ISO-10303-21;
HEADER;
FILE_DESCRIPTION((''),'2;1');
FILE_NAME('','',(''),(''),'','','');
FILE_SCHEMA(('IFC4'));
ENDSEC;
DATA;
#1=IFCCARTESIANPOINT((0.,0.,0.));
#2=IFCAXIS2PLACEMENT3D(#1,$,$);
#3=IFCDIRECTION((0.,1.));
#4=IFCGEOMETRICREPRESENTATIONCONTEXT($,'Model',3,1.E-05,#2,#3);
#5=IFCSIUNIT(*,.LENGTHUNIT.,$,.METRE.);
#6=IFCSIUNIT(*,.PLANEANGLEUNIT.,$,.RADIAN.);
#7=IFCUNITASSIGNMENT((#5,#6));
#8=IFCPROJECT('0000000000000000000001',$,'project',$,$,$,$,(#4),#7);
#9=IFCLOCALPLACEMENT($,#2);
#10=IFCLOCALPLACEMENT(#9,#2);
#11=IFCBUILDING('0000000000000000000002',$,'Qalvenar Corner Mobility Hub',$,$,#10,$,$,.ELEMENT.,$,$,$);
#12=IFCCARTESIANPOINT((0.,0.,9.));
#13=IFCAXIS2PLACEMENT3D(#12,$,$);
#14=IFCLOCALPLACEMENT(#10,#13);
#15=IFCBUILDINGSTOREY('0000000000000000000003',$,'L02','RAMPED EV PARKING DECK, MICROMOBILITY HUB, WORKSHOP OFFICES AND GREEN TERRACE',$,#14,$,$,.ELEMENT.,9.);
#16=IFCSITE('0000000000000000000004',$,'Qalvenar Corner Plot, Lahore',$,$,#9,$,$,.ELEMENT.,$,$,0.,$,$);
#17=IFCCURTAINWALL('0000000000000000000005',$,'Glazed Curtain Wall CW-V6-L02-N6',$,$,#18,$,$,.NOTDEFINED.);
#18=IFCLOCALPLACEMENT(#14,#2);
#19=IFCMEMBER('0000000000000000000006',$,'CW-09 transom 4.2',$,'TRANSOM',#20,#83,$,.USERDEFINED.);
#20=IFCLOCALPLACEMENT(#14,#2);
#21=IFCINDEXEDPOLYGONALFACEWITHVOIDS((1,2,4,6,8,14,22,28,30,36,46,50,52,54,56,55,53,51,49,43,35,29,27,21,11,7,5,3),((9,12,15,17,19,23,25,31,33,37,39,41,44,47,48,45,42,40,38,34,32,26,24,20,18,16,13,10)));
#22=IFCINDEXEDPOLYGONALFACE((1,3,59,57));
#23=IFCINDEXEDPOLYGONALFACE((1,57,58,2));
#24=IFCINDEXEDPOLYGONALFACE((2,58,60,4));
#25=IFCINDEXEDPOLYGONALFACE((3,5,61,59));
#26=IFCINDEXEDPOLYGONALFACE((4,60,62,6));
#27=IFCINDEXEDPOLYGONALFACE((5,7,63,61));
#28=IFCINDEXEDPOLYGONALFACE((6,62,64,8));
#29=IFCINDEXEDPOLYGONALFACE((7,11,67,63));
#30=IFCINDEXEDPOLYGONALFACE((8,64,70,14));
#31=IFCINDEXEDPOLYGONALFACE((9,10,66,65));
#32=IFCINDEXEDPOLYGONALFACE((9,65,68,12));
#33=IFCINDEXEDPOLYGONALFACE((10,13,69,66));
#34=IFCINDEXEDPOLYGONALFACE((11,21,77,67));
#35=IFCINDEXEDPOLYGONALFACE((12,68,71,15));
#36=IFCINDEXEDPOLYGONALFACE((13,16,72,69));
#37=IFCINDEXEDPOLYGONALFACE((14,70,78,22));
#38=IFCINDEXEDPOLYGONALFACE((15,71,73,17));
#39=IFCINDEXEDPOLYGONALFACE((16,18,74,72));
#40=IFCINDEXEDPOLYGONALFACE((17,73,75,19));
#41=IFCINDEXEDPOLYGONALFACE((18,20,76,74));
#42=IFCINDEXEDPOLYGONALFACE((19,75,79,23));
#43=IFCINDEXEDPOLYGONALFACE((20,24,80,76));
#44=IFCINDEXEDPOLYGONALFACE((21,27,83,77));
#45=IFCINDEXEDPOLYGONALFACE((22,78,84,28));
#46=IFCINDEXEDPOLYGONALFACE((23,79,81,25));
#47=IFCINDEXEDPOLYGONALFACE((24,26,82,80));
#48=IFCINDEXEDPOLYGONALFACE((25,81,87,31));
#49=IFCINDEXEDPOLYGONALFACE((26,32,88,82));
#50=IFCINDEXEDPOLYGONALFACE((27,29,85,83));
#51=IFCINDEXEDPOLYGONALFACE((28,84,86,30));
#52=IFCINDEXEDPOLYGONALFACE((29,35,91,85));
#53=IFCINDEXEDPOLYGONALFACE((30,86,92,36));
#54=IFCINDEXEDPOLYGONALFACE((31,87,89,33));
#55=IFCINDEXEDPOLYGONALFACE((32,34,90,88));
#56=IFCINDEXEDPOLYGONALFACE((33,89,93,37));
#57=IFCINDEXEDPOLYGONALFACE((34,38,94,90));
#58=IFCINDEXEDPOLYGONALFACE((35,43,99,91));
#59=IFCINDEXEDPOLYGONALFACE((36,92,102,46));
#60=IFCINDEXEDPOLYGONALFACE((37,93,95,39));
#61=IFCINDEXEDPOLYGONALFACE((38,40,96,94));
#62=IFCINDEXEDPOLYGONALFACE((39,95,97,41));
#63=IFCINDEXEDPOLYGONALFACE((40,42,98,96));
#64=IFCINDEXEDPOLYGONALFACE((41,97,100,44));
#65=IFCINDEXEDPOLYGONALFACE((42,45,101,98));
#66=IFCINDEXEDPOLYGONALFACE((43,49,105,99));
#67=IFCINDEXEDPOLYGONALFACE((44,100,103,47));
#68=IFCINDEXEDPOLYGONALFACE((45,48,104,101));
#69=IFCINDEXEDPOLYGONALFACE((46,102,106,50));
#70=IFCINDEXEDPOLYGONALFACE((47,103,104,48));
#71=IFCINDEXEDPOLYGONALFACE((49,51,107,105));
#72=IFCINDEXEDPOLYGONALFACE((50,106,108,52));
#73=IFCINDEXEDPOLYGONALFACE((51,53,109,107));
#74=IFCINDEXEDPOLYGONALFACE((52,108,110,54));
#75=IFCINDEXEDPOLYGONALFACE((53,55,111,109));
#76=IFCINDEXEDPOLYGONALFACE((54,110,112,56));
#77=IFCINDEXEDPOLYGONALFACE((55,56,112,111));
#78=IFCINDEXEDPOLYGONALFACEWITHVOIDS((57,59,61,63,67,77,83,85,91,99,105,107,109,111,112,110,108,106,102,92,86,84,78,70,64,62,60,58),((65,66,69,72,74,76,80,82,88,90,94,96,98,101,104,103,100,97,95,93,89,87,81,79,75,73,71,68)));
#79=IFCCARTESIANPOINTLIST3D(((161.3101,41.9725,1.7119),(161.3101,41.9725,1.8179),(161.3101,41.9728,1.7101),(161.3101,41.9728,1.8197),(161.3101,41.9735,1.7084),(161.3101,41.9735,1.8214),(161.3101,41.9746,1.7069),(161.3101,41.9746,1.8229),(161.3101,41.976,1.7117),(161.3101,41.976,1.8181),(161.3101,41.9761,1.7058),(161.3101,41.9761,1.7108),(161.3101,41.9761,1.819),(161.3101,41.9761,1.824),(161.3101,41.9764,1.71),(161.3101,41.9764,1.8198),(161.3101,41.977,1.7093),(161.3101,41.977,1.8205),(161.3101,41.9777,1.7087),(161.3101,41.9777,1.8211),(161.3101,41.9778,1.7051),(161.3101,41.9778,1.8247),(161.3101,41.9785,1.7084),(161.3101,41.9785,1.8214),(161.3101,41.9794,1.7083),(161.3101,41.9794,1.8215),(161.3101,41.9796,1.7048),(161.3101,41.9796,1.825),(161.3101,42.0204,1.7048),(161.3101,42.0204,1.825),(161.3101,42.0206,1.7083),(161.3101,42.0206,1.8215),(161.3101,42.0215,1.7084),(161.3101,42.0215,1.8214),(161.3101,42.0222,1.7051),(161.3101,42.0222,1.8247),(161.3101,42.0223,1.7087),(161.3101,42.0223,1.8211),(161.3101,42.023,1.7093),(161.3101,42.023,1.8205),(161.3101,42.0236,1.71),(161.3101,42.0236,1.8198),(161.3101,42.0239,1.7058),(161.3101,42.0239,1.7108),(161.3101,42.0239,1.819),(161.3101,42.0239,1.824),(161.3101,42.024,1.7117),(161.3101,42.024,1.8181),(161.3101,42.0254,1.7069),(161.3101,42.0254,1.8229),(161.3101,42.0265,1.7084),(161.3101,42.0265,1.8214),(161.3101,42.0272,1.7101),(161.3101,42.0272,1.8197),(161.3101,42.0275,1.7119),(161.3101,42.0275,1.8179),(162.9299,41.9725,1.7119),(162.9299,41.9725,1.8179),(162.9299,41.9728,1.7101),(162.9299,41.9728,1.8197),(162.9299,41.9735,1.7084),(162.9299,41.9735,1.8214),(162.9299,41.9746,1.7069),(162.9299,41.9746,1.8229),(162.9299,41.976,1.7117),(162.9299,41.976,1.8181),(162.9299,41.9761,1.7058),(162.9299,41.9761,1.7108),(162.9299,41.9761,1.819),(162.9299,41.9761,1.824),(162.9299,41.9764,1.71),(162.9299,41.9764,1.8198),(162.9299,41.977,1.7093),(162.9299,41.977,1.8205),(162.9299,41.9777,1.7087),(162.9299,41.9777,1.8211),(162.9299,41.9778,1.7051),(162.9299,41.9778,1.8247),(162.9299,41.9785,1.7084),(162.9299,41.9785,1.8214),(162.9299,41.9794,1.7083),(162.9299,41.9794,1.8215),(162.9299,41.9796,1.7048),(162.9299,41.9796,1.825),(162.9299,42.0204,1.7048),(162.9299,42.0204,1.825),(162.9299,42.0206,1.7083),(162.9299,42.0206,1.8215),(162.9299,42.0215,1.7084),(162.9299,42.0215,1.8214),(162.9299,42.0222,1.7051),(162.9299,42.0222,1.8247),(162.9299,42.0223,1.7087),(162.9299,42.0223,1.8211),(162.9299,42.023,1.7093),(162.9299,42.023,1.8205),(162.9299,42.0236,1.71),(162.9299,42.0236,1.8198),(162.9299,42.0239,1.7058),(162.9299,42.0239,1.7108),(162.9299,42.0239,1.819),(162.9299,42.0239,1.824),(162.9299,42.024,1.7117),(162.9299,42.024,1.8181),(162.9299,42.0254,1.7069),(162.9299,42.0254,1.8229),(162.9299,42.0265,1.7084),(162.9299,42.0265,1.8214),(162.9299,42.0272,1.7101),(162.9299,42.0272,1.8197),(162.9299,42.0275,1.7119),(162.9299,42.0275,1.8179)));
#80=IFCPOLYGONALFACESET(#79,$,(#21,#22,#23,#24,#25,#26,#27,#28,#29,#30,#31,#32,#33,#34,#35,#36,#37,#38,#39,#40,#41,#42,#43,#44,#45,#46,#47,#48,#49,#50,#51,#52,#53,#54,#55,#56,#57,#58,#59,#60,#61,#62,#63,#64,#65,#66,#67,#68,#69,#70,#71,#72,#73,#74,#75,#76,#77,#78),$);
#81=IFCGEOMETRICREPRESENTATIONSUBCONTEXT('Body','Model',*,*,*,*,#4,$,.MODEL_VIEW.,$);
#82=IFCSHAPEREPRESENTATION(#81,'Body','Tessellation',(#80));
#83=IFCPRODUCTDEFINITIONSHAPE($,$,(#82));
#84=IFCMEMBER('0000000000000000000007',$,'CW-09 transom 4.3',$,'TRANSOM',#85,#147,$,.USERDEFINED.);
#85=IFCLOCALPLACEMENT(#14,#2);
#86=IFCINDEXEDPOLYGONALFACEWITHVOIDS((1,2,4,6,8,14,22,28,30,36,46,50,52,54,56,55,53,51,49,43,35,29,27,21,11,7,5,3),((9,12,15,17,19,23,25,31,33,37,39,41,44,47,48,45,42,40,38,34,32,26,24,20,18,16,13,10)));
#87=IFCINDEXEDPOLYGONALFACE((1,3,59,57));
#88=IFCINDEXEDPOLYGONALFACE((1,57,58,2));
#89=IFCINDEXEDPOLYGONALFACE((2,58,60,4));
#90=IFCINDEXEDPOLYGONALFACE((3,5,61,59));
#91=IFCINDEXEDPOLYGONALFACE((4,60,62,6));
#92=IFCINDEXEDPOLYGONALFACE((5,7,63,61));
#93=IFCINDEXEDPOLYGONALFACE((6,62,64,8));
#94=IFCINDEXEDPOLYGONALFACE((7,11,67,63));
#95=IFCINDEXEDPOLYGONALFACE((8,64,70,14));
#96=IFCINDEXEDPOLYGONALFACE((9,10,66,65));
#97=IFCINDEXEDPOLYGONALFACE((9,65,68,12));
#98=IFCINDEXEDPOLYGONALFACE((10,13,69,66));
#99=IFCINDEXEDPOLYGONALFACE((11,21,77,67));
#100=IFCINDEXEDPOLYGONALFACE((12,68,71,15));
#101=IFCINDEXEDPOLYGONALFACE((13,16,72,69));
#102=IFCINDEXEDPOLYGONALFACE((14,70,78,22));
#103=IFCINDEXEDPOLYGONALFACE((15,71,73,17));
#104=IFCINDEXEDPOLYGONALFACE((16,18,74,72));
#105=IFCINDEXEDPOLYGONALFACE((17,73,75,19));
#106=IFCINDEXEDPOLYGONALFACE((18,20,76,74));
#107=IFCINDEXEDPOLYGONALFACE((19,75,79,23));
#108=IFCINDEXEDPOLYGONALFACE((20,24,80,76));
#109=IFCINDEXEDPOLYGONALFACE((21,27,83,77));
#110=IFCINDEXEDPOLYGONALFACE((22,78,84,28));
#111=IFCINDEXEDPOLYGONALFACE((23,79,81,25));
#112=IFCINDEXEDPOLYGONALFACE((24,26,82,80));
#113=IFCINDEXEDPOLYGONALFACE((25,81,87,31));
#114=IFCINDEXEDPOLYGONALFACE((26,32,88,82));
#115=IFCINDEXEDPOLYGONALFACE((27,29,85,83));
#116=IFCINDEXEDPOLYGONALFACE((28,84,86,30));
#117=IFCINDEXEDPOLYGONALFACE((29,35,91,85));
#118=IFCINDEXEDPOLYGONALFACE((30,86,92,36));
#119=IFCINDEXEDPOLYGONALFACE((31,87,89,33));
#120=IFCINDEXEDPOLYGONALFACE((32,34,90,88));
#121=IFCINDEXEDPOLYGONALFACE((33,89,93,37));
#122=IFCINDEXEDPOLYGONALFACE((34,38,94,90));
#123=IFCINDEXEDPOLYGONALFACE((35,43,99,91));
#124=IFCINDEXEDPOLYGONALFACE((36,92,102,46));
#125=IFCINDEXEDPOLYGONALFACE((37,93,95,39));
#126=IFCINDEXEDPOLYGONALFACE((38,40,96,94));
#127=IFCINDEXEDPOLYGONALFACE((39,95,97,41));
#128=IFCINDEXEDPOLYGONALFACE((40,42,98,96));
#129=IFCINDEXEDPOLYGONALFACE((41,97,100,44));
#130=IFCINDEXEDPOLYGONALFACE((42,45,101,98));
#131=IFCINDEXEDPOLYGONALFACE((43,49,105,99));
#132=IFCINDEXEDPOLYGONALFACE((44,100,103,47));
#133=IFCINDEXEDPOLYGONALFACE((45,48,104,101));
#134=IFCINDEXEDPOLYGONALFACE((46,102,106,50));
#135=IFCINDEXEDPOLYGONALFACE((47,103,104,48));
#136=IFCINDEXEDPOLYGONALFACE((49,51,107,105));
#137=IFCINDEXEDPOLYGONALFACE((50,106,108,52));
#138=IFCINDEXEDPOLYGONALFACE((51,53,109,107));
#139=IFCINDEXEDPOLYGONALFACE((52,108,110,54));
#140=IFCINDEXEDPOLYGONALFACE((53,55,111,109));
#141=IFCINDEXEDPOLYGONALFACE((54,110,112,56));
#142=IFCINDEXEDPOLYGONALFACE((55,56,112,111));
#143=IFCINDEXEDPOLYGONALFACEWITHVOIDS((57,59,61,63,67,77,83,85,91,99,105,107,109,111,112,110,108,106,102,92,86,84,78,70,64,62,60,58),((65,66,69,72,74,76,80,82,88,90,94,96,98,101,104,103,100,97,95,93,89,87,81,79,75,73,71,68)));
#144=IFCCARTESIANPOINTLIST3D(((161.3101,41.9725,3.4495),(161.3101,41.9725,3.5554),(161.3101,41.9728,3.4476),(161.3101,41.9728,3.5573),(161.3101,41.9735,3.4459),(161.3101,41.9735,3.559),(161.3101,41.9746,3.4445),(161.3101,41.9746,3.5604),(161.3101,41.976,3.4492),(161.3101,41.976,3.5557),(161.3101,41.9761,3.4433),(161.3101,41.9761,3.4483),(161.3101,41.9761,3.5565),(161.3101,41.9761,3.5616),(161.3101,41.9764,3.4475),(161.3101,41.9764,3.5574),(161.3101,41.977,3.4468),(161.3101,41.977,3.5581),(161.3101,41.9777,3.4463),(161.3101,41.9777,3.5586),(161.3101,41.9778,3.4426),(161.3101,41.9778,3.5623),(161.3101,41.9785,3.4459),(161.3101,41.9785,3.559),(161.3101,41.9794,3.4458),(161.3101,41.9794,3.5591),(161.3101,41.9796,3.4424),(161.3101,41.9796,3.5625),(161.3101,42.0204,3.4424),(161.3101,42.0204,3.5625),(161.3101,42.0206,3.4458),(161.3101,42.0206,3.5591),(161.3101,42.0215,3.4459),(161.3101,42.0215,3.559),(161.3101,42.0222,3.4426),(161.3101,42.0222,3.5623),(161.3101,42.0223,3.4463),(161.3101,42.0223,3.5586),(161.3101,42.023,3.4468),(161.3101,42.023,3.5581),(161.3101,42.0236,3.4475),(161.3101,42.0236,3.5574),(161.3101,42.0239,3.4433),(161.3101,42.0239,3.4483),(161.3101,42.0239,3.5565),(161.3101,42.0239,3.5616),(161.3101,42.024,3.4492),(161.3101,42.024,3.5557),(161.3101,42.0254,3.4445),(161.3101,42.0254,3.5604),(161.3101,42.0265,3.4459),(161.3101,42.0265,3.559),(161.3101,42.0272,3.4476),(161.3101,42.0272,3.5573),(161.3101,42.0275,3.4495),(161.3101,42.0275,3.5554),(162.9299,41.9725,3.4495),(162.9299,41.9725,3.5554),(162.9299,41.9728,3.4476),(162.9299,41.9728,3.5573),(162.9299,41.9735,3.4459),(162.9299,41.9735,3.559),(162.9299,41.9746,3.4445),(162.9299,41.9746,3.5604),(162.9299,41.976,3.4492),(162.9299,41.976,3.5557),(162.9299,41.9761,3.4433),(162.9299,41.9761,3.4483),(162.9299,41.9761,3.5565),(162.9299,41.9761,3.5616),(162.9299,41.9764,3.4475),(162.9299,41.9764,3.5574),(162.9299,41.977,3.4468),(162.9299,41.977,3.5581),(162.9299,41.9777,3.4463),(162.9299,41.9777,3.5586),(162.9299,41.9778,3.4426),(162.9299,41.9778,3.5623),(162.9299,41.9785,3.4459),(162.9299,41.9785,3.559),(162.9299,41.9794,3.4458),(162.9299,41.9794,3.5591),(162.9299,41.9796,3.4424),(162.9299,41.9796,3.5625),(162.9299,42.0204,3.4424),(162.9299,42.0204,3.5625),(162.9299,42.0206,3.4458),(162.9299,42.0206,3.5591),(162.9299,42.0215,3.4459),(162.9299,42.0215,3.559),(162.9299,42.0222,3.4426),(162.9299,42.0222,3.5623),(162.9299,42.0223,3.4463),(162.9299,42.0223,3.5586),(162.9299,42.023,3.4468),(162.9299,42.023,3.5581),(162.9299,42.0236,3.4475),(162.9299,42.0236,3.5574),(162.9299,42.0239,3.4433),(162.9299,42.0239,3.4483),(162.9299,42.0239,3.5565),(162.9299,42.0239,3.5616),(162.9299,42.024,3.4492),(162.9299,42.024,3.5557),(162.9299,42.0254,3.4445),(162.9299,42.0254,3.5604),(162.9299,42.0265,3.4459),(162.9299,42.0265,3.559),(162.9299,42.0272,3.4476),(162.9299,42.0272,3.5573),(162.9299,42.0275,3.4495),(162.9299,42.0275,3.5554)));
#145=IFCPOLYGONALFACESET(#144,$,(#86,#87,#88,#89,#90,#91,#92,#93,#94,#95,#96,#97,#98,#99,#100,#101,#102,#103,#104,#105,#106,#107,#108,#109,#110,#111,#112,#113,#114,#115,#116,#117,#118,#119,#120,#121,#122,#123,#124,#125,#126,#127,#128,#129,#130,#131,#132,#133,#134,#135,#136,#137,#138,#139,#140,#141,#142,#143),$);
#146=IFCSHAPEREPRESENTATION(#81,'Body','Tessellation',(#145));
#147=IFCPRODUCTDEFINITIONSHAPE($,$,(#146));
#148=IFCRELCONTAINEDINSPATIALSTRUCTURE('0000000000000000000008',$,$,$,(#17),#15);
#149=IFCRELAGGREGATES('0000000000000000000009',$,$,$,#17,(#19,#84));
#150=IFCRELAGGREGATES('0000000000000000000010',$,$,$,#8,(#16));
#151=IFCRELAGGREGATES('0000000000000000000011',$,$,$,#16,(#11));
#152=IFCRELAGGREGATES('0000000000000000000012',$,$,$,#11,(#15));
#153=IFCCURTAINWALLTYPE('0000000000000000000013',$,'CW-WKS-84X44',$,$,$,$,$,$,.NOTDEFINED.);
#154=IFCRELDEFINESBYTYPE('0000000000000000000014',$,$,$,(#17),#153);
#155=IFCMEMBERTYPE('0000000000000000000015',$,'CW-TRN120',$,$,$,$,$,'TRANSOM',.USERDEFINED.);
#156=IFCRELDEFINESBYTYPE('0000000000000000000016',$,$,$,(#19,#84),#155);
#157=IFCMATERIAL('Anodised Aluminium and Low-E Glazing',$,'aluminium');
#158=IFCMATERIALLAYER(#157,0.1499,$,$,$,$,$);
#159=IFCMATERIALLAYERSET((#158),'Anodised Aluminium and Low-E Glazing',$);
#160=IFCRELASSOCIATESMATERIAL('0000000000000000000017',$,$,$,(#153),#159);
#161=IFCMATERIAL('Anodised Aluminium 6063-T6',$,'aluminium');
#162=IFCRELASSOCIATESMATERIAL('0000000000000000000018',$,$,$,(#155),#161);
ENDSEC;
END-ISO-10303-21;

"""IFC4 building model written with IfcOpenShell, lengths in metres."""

from ifc_helpers import new_model, si_unit, direction, frame, origin, origin_2d, place, context, subcontext, project, spatial, hollow_rectangle, extrude, material, layer, layer_set, material_profile, profile_set, type_object, element, aggregate, save


model = new_model("IFC4")

# Units and contexts
model_context = context("Model", 3, precision=1e-05, world=origin(), true_north=direction((0.0, 1.0)))
body_context = subcontext(model_context, "Body", "Model", "MODEL_VIEW")
ifc_project = project(units=[si_unit("LENGTHUNIT", "METRE"), si_unit("PLANEANGLEUNIT", "RADIAN")], contexts=[model_context])

# Site, building, storey
site_placement = place(None, origin())
site = spatial("IfcSite", under=ifc_project, at=site_placement, Name="Qalvenar Corner Plot, Lahore", CompositionType="ELEMENT", RefElevation=0.0)
building_placement = place(site_placement, origin())
building = spatial("IfcBuilding", under=site, at=building_placement, Name="Qalvenar Corner Mobility Hub", CompositionType="ELEMENT")
storey_placement = place(building_placement, frame((0.0, 0.0, 9.0)))
storey = spatial("IfcBuildingStorey", under=building, at=storey_placement, Name="L02", Description="RAMPED EV PARKING DECK, MICROMOBILITY HUB, WORKSHOP OFFICES AND GREEN TERRACE", CompositionType="ELEMENT", Elevation=9.0)

# Curtain wall, members
ifc_material_1 = material(Name="Anodised Aluminium and Low-E Glazing", Category="aluminium")
ifc_layer_1 = layer(ifc_material_1, 0.1499)
ifc_layer_set_1 = layer_set([ifc_layer_1], Name="Anodised Aluminium and Low-E Glazing")
curtain_wall_type = type_object("IfcCurtainWallType", Name="CW-WKS-84X44", PredefinedType="NOTDEFINED", material=ifc_layer_set_1)
curtain_wall_placement = place(storey_placement, origin())
curtain_wall = element("IfcCurtainWall", 1, at=curtain_wall_placement, inside=storey, type_object=curtain_wall_type, Name="Glazed Curtain Wall CW-V6-L02-N6", PredefinedType="NOTDEFINED")
ifc_material_2 = material(Name="Anodised Aluminium 6063-T6", Category="aluminium")
ifc_material_profile_1 = material_profile(ifc_material_2, hollow_rectangle(XDim=0.0549, YDim=0.1201, WallThickness=0.0034, InnerFilletRadius=0.0034, OuterFilletRadius=0.0071, at=origin_2d()), Name="RHS120x55x3.5")
ifc_profile_set_1 = profile_set([ifc_material_profile_1], Name="Anodised Aluminium 6063-T6")
member_type_1 = type_object("IfcMemberType", Name="CW-TRN120", ElementType="TRANSOM", PredefinedType="USERDEFINED", material=ifc_profile_set_1)
member_1_placement = place(storey_placement, frame((162.9299, 42.0, 1.7649), z_axis=(-1.0, 0.0, 0.0), x_axis=(0.0, -1.0, 0.0)))
member_1 = element("IfcMember", 2, at=member_1_placement, type_object=member_type_1, Name="CW-09 transom 4.2", ObjectType="TRANSOM", PredefinedType="USERDEFINED", context=body_context, shape_type="SweptSolid", body=[
    extrude(hollow_rectangle(XDim=0.0549, YDim=0.1201, WallThickness=0.0034, InnerFilletRadius=0.0034, OuterFilletRadius=0.0071, at=origin_2d()), origin(), (0.0, 0.0, 1.0), 1.6199),
])
member_2_placement = place(storey_placement, frame((162.9299, 42.0, 3.5024), z_axis=(-1.0, 0.0, 0.0), x_axis=(0.0, -1.0, 0.0)))
member_2 = element("IfcMember", 3, at=member_2_placement, type_object=member_type_1, Name="CW-09 transom 4.3", ObjectType="TRANSOM", PredefinedType="USERDEFINED", context=body_context, shape_type="SweptSolid", body=[
    extrude(hollow_rectangle(XDim=0.0549, YDim=0.1201, WallThickness=0.0034, InnerFilletRadius=0.0034, OuterFilletRadius=0.0071, at=origin_2d()), origin(), (0.0, 0.0, 1.0), 1.6199),
])
aggregate(curtain_wall, [member_1, member_2])

save(model, "model.ifc")
